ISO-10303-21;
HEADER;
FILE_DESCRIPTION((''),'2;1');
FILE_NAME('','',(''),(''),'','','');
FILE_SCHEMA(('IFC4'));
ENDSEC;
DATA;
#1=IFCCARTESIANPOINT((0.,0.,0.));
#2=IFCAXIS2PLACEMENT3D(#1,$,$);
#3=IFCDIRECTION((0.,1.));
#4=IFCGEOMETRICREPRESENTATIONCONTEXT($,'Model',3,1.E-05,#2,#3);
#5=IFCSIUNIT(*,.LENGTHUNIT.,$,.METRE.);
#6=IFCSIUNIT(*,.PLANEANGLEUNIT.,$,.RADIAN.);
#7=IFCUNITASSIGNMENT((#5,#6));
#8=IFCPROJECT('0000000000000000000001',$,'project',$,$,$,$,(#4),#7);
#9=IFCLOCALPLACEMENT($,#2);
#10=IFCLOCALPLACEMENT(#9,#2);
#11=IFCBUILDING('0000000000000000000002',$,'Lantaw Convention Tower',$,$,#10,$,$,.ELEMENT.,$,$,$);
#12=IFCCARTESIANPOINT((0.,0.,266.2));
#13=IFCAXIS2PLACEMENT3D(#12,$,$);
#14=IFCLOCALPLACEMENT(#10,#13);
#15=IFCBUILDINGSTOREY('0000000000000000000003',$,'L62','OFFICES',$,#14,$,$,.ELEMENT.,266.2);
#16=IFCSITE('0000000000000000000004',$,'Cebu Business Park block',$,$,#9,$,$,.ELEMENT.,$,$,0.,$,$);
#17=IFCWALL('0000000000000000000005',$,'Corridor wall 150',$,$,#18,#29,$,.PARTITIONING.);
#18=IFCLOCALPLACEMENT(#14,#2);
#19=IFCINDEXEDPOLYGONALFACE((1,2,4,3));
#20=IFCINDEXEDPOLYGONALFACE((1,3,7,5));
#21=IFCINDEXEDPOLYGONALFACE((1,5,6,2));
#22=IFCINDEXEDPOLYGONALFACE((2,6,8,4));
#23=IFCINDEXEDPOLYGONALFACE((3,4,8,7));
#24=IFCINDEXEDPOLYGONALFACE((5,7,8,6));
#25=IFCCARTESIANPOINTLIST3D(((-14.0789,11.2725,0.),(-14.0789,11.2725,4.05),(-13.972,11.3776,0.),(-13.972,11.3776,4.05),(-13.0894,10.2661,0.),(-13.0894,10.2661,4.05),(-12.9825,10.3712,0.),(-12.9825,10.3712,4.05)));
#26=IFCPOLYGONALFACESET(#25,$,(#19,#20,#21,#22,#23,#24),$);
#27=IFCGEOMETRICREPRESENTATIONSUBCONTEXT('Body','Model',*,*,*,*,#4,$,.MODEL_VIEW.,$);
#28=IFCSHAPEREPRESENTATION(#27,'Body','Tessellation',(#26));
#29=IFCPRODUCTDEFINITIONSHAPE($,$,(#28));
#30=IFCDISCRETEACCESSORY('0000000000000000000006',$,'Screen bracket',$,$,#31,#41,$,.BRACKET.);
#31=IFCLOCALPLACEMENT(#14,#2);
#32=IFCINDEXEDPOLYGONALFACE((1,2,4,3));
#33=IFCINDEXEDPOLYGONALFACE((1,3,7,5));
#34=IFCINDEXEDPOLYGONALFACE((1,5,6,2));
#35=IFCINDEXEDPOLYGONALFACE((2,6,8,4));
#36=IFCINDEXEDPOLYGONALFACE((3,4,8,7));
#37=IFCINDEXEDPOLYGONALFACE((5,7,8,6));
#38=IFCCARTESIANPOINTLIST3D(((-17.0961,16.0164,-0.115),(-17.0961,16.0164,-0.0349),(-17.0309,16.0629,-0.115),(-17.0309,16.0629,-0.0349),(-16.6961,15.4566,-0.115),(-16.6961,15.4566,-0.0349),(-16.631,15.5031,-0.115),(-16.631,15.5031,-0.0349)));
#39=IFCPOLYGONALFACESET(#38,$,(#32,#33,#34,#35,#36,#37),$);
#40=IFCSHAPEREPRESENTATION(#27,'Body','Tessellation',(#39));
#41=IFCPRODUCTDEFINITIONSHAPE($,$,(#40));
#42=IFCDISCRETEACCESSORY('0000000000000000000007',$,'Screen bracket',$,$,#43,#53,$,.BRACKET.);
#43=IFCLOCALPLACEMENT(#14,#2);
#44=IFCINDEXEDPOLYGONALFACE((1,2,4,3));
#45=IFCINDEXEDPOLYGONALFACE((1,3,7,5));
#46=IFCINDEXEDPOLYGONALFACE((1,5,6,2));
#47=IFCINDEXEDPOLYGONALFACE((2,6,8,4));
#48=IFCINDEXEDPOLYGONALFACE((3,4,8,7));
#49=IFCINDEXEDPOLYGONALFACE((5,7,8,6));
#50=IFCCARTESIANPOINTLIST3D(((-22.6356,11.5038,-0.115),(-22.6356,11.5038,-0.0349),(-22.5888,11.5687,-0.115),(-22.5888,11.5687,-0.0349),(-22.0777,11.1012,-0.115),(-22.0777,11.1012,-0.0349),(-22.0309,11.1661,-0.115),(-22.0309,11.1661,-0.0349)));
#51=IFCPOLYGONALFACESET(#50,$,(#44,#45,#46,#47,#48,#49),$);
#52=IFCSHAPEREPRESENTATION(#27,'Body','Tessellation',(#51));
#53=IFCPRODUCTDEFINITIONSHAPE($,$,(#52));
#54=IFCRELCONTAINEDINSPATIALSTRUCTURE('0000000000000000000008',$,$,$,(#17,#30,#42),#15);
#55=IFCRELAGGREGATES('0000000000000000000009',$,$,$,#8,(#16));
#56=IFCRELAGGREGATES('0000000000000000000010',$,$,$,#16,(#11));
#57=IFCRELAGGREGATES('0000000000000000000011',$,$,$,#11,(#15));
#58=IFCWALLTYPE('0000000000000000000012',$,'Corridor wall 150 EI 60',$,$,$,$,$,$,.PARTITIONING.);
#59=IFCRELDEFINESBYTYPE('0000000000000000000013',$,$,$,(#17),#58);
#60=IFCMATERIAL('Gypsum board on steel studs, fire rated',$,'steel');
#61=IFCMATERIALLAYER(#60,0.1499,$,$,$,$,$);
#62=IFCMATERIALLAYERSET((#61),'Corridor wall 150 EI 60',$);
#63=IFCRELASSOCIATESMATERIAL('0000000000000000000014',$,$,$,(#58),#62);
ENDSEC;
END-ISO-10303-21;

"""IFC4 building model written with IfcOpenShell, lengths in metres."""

from ifc_helpers import new_model, si_unit, direction, frame, frame_2d, origin, origin_2d, place, context, subcontext, project, spatial, rectangle, extrude, material, layer, layer_set, type_object, element, save


model = new_model("IFC4")

# Units and contexts
model_context = context("Model", 3, precision=1e-05, world=origin(), true_north=direction((0.0, 1.0)))
body_context = subcontext(model_context, "Body", "Model", "MODEL_VIEW")
ifc_project = project(units=[si_unit("LENGTHUNIT", "METRE"), si_unit("PLANEANGLEUNIT", "RADIAN")], contexts=[model_context])

# Site, building, storey
site_placement = place(None, origin())
site = spatial("IfcSite", under=ifc_project, at=site_placement, Name="Cebu Business Park block", CompositionType="ELEMENT", RefElevation=0.0)
building_placement = place(site_placement, origin())
building = spatial("IfcBuilding", under=site, at=building_placement, Name="Lantaw Convention Tower", CompositionType="ELEMENT")
storey_placement = place(building_placement, frame((0.0, 0.0, 266.2)))
storey = spatial("IfcBuildingStorey", under=building, at=storey_placement, Name="L62", Description="OFFICES", CompositionType="ELEMENT", Elevation=266.2)

# Wall
ifc_material_1 = material(Name="Gypsum board on steel studs, fire rated", Category="steel")
ifc_layer_1 = layer(ifc_material_1, 0.1499)
ifc_layer_set_1 = layer_set([ifc_layer_1], Name="Corridor wall 150 EI 60")
wall_type = type_object("IfcWallType", Name="Corridor wall 150 EI 60", PredefinedType="PARTITIONING", material=ifc_layer_set_1)
wall_1_placement = place(storey_placement, frame((-14.0254, 11.325, 0.0), z_axis=(0.0, 0.0, 1.0), x_axis=(0.701114, -0.71305, 0.0)))
element("IfcWall", 1, at=wall_1_placement, inside=storey, type_object=wall_type, Name="Corridor wall 150", PredefinedType="PARTITIONING", context=body_context, shape_type="SweptSolid", body=[
    extrude(rectangle(XDim=1.4114, YDim=0.1499, at=frame_2d((0.7056, 0.0))), origin(), (0.0, 0.0, 1.0), 4.05),
])

# Discrete accessories
for number, where, z_axis, x_axis, name in (
    (2, (-16.8635, 15.7598, -0.115), (0.0, 0.0, 1.0), (-0.813673, -0.581323, 0.0), "Screen bracket"),
    (3, (-22.3333, 11.335, -0.115), (0.0, 0.0, 1.0), (-0.585158, -0.81092, 0.0), "Screen bracket"),
):
    element("IfcDiscreteAccessory", number, at=place(storey_placement, frame(where, z_axis=z_axis, x_axis=x_axis)), inside=storey, Name=name, PredefinedType="BRACKET", context=body_context, shape_type="SweptSolid", body=[
        extrude(rectangle(XDim=0.0801, YDim=0.688, at=origin_2d()), origin(), (0.0, 0.0, 1.0), 0.0801),
    ])

save(model, "model.ifc")
